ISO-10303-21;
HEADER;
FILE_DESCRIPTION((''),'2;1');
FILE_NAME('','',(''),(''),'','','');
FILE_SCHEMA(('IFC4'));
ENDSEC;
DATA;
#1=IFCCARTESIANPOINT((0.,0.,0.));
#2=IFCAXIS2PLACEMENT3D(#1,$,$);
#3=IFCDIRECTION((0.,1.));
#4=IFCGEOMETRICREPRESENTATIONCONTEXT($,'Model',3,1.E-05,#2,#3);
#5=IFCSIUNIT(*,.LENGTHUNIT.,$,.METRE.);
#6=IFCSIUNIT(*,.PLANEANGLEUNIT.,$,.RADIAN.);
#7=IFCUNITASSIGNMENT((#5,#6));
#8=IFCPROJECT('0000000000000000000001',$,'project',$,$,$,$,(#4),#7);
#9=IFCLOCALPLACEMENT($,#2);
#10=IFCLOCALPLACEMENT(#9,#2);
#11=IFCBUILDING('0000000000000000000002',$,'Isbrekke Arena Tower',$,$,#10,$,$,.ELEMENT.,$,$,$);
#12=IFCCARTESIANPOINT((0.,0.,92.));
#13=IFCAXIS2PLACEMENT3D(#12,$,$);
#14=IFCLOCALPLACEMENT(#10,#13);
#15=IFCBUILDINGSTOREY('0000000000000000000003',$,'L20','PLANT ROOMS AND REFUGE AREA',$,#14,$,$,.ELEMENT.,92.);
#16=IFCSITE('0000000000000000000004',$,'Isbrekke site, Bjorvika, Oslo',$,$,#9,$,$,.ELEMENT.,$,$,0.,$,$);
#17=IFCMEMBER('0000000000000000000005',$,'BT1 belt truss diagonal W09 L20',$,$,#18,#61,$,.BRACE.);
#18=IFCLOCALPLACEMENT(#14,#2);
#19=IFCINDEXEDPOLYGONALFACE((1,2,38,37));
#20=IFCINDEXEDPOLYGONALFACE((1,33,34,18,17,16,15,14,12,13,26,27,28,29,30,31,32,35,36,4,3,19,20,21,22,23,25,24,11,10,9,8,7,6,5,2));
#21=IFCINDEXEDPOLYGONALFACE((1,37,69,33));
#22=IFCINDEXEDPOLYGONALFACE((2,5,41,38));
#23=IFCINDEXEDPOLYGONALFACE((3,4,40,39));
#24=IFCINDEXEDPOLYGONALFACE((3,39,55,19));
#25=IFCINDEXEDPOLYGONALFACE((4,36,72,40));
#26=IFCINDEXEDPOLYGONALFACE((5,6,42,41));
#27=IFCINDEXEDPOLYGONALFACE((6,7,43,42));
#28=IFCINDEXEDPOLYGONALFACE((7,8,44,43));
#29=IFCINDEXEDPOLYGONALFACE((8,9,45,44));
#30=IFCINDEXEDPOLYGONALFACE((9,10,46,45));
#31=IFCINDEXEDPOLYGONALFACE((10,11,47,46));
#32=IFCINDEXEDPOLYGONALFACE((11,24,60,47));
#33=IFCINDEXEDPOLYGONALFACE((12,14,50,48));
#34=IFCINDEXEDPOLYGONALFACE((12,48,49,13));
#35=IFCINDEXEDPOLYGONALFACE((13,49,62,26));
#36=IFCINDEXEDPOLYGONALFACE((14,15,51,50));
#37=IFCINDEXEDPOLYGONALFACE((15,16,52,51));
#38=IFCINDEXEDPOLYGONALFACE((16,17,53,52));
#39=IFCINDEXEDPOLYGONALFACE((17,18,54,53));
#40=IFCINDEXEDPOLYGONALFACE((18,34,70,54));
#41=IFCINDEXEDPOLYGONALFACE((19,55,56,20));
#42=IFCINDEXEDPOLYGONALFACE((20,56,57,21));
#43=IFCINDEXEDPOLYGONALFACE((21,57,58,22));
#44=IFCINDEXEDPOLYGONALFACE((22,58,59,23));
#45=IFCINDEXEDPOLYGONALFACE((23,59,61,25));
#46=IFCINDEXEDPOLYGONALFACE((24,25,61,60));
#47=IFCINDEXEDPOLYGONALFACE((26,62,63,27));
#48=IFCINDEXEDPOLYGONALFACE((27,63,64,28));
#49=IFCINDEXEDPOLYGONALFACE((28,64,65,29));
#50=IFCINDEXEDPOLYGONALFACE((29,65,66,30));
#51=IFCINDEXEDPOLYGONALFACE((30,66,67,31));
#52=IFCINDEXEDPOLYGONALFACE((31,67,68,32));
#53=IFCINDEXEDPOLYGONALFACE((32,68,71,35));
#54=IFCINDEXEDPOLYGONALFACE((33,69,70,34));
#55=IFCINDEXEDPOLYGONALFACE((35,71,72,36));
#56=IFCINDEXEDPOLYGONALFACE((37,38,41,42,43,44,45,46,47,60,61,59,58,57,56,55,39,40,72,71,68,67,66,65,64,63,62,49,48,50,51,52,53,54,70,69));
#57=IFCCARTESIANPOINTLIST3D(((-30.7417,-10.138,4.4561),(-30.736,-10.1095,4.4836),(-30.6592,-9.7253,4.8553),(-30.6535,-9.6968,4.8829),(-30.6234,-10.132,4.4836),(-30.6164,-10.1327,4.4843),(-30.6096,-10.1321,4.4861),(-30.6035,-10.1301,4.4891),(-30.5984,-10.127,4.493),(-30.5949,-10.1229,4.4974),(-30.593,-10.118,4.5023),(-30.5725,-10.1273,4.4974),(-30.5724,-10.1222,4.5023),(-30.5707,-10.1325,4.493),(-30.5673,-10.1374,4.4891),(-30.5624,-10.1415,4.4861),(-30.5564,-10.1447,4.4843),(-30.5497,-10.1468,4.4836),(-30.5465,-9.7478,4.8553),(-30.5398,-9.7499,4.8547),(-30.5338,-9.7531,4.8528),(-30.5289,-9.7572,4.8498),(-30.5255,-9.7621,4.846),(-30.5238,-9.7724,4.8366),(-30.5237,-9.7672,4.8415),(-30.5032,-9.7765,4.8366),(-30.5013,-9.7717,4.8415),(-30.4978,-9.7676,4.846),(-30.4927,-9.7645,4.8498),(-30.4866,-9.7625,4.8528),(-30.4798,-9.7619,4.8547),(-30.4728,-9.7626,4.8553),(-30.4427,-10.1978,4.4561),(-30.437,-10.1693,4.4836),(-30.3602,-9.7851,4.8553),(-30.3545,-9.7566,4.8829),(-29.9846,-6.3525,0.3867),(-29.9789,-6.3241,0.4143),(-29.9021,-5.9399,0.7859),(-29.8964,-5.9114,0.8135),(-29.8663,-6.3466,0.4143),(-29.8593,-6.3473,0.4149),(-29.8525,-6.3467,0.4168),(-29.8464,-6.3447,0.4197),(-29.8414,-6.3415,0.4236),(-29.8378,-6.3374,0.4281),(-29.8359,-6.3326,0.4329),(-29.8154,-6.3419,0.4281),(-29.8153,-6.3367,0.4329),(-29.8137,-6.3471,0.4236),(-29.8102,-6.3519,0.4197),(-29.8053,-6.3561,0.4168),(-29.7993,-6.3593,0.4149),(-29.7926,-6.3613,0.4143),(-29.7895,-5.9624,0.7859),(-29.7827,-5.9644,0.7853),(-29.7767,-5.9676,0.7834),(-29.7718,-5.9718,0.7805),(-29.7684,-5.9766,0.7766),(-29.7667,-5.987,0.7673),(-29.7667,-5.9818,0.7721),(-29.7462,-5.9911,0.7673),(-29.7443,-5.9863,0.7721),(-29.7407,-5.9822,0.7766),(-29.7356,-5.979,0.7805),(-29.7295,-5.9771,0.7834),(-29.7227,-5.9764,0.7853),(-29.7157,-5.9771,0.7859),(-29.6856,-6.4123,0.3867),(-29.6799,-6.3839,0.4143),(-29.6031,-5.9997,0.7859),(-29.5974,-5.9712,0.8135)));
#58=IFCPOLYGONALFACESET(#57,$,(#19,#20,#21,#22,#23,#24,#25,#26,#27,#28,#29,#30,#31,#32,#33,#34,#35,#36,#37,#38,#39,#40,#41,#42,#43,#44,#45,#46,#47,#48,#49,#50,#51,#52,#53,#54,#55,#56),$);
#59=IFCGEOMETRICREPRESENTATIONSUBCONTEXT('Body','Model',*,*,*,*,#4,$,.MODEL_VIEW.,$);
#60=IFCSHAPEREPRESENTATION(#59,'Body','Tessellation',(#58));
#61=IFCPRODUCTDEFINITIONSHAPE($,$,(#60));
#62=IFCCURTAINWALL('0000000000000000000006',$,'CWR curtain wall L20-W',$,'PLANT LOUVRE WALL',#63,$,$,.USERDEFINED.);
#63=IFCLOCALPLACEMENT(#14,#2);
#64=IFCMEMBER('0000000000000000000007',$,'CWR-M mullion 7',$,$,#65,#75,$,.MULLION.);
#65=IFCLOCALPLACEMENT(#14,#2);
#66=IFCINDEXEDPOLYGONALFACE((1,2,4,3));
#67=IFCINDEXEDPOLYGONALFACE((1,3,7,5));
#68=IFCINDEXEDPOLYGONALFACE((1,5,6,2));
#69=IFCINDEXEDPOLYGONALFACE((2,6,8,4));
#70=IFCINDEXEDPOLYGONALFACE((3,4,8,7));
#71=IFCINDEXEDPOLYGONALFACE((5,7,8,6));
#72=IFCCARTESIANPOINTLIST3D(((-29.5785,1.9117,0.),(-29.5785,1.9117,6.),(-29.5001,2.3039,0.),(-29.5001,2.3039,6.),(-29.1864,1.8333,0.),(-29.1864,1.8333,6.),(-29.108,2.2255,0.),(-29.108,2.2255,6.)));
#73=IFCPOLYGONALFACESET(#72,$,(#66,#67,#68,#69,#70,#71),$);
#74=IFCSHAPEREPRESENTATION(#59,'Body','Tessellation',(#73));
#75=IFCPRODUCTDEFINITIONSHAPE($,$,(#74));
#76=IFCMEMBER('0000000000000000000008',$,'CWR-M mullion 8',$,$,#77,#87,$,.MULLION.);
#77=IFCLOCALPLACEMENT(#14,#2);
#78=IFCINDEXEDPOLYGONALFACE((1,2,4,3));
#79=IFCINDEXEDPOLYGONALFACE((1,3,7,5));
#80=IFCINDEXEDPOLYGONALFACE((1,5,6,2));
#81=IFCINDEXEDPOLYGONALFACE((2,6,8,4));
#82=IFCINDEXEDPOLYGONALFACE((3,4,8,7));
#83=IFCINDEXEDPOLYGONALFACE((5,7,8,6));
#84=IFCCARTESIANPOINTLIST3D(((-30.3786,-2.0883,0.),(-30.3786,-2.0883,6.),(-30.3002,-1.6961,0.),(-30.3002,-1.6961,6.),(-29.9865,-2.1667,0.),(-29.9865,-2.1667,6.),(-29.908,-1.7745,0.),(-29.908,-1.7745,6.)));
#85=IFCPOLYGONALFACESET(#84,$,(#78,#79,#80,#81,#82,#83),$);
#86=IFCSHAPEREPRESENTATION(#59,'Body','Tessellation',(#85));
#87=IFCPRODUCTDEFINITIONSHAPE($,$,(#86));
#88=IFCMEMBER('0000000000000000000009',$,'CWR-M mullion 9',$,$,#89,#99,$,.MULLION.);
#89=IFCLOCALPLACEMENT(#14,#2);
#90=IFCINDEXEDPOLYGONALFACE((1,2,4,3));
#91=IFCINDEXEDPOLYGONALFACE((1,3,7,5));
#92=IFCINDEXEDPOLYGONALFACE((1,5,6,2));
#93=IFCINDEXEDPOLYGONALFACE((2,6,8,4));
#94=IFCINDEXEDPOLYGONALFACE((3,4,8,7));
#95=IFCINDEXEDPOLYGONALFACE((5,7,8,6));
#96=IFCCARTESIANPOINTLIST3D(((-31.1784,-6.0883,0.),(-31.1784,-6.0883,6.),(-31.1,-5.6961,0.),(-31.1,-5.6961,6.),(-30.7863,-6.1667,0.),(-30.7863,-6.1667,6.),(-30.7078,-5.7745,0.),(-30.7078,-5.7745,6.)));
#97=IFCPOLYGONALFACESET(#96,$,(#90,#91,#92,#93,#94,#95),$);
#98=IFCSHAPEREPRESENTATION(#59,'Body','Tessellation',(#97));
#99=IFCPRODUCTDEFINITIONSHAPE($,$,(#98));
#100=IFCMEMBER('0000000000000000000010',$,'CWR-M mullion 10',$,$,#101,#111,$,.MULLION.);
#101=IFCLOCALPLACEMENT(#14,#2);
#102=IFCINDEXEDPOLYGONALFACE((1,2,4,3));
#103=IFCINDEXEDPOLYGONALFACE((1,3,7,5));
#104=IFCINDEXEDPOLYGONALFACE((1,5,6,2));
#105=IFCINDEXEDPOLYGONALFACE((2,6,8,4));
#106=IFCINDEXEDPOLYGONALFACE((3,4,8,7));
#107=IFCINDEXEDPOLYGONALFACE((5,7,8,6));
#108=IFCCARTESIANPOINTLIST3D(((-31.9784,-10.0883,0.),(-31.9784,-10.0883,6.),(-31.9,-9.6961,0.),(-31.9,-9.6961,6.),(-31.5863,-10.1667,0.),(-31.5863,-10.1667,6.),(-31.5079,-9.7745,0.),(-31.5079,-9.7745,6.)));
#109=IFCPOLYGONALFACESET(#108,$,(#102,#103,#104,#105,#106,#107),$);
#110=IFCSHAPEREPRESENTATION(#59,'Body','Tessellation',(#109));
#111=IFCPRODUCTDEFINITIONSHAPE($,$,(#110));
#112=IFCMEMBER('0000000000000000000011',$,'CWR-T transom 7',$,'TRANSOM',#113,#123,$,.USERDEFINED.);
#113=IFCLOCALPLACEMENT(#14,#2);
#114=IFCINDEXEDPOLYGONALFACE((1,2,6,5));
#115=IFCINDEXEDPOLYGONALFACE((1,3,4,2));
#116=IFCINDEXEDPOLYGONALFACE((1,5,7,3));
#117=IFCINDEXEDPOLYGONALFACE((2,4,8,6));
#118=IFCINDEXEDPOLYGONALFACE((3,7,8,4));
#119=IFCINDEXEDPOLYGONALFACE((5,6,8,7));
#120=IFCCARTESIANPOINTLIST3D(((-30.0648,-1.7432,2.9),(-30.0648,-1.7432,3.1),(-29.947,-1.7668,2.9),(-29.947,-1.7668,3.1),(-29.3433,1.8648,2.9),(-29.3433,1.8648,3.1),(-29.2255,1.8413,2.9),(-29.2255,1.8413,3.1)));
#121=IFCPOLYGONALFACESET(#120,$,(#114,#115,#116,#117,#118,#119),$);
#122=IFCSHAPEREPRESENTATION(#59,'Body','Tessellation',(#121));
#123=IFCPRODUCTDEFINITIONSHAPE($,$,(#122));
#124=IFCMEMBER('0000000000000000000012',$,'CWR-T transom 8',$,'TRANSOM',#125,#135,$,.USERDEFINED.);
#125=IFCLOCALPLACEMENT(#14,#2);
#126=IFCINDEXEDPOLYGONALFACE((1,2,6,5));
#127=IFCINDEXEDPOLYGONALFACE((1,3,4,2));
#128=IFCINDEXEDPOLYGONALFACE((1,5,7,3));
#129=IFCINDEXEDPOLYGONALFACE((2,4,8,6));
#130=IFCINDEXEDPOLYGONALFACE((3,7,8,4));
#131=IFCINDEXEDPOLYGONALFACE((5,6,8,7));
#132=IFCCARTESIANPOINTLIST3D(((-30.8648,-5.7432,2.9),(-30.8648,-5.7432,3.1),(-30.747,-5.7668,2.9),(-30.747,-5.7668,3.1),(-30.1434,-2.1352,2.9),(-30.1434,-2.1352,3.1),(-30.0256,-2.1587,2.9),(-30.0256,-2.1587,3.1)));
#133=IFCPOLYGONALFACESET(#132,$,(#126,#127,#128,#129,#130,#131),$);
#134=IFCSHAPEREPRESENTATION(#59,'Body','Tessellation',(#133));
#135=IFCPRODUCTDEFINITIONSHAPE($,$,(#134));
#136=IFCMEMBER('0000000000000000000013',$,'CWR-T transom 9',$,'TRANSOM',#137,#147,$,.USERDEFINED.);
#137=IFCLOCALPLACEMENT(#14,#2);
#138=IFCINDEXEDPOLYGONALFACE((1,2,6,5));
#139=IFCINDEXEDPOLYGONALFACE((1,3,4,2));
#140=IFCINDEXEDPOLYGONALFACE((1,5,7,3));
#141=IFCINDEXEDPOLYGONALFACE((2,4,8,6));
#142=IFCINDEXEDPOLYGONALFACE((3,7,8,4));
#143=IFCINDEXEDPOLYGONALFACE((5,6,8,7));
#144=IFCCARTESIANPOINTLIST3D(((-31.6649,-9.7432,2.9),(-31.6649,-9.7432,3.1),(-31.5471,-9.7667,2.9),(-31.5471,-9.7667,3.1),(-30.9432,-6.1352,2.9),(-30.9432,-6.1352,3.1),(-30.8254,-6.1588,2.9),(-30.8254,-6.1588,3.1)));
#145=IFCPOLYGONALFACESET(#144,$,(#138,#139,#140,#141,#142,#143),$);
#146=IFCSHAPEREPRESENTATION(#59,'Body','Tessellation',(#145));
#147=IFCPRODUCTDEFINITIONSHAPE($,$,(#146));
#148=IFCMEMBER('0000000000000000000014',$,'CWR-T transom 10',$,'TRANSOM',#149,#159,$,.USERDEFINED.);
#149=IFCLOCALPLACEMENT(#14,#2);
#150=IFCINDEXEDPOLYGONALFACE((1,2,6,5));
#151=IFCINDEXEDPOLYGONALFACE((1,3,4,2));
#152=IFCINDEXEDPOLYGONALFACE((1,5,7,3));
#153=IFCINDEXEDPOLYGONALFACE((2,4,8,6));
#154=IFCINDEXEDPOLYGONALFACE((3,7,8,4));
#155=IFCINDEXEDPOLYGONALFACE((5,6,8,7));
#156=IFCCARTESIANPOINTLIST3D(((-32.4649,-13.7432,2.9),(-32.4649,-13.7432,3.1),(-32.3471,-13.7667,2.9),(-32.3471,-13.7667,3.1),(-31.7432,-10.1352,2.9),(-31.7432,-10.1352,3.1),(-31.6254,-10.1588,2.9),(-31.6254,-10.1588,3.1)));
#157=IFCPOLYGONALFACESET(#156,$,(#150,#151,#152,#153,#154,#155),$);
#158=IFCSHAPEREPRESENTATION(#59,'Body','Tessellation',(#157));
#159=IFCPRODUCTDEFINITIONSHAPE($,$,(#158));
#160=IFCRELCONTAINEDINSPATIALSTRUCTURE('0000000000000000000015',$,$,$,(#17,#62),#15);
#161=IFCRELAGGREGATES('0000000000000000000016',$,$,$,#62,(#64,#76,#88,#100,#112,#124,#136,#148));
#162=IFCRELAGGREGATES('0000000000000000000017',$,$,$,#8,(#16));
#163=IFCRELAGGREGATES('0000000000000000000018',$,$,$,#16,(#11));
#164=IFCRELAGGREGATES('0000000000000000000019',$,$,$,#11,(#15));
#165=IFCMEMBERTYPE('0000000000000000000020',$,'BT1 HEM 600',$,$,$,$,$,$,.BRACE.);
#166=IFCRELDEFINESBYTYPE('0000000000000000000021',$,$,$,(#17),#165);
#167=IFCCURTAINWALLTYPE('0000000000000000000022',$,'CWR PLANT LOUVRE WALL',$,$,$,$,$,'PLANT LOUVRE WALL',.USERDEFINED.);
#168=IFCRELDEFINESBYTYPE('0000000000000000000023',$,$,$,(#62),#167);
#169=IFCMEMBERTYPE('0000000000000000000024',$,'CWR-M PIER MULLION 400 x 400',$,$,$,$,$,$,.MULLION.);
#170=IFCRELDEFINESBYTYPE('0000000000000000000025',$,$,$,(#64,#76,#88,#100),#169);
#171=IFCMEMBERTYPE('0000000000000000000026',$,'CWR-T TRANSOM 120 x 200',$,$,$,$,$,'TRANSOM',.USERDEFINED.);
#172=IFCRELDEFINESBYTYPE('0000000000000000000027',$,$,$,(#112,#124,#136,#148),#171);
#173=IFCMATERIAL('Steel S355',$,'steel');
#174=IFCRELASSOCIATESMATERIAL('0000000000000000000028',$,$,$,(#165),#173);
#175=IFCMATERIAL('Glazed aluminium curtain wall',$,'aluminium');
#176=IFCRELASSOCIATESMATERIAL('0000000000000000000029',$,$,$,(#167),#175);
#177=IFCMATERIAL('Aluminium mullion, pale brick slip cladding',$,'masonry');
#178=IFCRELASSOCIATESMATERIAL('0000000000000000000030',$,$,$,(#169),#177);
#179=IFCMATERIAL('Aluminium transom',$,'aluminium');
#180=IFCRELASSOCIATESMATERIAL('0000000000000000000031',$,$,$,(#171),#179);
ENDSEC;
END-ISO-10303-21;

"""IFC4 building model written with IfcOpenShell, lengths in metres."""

from ifc_helpers import new_model, si_unit, direction, frame, origin, origin_2d, place, context, subcontext, project, spatial, rectangle, i_section, extrude, material, material_profile, profile_set, type_object, element, aggregate, save


model = new_model("IFC4")

# Units and contexts
model_context = context("Model", 3, precision=1e-05, world=origin(), true_north=direction((0.0, 1.0)))
body_context = subcontext(model_context, "Body", "Model", "MODEL_VIEW")
ifc_project = project(units=[si_unit("LENGTHUNIT", "METRE"), si_unit("PLANEANGLEUNIT", "RADIAN")], contexts=[model_context])

# Site, building, storey
site_placement = place(None, origin())
site = spatial("IfcSite", under=ifc_project, at=site_placement, Name="Isbrekke site, Bjorvika, Oslo", CompositionType="ELEMENT", RefElevation=0.0)
building_placement = place(site_placement, origin())
building = spatial("IfcBuilding", under=site, at=building_placement, Name="Isbrekke Arena Tower", CompositionType="ELEMENT")
storey_placement = place(building_placement, frame((0.0, 0.0, 92.0)))
storey = spatial("IfcBuildingStorey", under=building, at=storey_placement, Name="L20", Description="PLANT ROOMS AND REFUGE AREA", CompositionType="ELEMENT", Elevation=92.0)

# Member
ifc_material_1 = material(Name="Steel S355", Category="steel")
ifc_material_profile_1 = material_profile(ifc_material_1, i_section(OverallWidth=0.3049, OverallDepth=0.6201, WebThickness=0.021, FlangeThickness=0.04, FilletRadius=0.0271, at=origin_2d()), Name="HEM 600")
ifc_profile_set_1 = profile_set([ifc_material_profile_1], Name="Steel S355")
member_type_1 = type_object("IfcMemberType", Name="BT1 HEM 600", PredefinedType="BRACE", material=ifc_profile_set_1)
for number, where, z_axis, x_axis, name in (
    (1, (-29.791, -6.1619, 0.6001), (-0.134974, -0.674869, 0.725489), (0.980581, -0.196116, 0.0), "BT1 belt truss diagonal W09 L20"),
):
    element("IfcMember", number, at=place(storey_placement, frame(where, z_axis=z_axis, x_axis=x_axis)), inside=storey, type_object=member_type_1, Name=name, PredefinedType="BRACE", context=body_context, shape_type="SweptSolid", body=[
        extrude(i_section(OverallWidth=0.3049, OverallDepth=0.6201, WebThickness=0.021, FlangeThickness=0.04, FilletRadius=0.0271, at=origin_2d()), origin(), (0.0, 0.0, 1.0), 5.6091),
    ])

# Curtain wall, members
ifc_material_2 = material(Name="Glazed aluminium curtain wall", Category="aluminium")
curtain_wall_type = type_object("IfcCurtainWallType", Name="CWR PLANT LOUVRE WALL", ElementType="PLANT LOUVRE WALL", PredefinedType="USERDEFINED", material=ifc_material_2)
curtain_wall_placement = place(storey_placement, origin())
curtain_wall = element("IfcCurtainWall", 2, at=curtain_wall_placement, inside=storey, type_object=curtain_wall_type, Name="CWR curtain wall L20-W", ObjectType="PLANT LOUVRE WALL", PredefinedType="USERDEFINED")
ifc_material_3 = material(Name="Aluminium mullion, pale brick slip cladding", Category="masonry")
ifc_material_profile_2 = material_profile(ifc_material_3, rectangle(XDim=0.3999, YDim=0.3999, at=origin_2d()), Name="PIER 400X400")
ifc_profile_set_2 = profile_set([ifc_material_profile_2], Name="Aluminium mullion, pale brick slip cladding")
member_type_2 = type_object("IfcMemberType", Name="CWR-M PIER MULLION 400 x 400", PredefinedType="MULLION", material=ifc_profile_set_2)
member_1_placement = place(storey_placement, frame((-29.3433, 2.0686, 0.0), z_axis=(0.0, 0.0, 1.0), x_axis=(-0.196116, -0.980581, 0.0)))
member_1 = element("IfcMember", 3, at=member_1_placement, type_object=member_type_2, Name="CWR-M mullion 7", PredefinedType="MULLION", context=body_context, shape_type="SweptSolid", body=[
    extrude(rectangle(XDim=0.3999, YDim=0.3999, at=origin_2d()), origin(), (0.0, 0.0, 1.0), 6.0),
])
member_2_placement = place(storey_placement, frame((-30.1433, -1.9314, 0.0), z_axis=(0.0, 0.0, 1.0), x_axis=(-0.196116, -0.980581, 0.0)))
member_2 = element("IfcMember", 4, at=member_2_placement, type_object=member_type_2, Name="CWR-M mullion 8", PredefinedType="MULLION", context=body_context, shape_type="SweptSolid", body=[
    extrude(rectangle(XDim=0.3999, YDim=0.3999, at=origin_2d()), origin(), (0.0, 0.0, 1.0), 6.0),
])
member_3_placement = place(storey_placement, frame((-30.9431, -5.9314, 0.0), z_axis=(0.0, 0.0, 1.0), x_axis=(-0.196116, -0.980581, 0.0)))
member_3 = element("IfcMember", 5, at=member_3_placement, type_object=member_type_2, Name="CWR-M mullion 9", PredefinedType="MULLION", context=body_context, shape_type="SweptSolid", body=[
    extrude(rectangle(XDim=0.3999, YDim=0.3999, at=origin_2d()), origin(), (0.0, 0.0, 1.0), 6.0),
])
member_4_placement = place(storey_placement, frame((-31.7432, -9.9314, 0.0), z_axis=(0.0, 0.0, 1.0), x_axis=(-0.196116, -0.980581, 0.0)))
member_4 = element("IfcMember", 6, at=member_4_placement, type_object=member_type_2, Name="CWR-M mullion 10", PredefinedType="MULLION", context=body_context, shape_type="SweptSolid", body=[
    extrude(rectangle(XDim=0.3999, YDim=0.3999, at=origin_2d()), origin(), (0.0, 0.0, 1.0), 6.0),
])
ifc_material_4 = material(Name="Aluminium transom", Category="aluminium")
ifc_material_profile_3 = material_profile(ifc_material_4, rectangle(XDim=0.1201, YDim=0.2, at=origin_2d()), Name="TRANSOM 120X200")
ifc_profile_set_3 = profile_set([ifc_material_profile_3], Name="Aluminium transom")
member_type_3 = type_object("IfcMemberType", Name="CWR-T TRANSOM 120 x 200", ElementType="TRANSOM", PredefinedType="USERDEFINED", material=ifc_profile_set_3)
member_5_placement = place(storey_placement, frame((-29.2844, 1.853, 3.0), z_axis=(-0.196078, -0.980588, 0.0), x_axis=(0.980588, -0.196078, 0.0)))
member_5 = element("IfcMember", 7, at=member_5_placement, type_object=member_type_3, Name="CWR-T transom 7", ObjectType="TRANSOM", PredefinedType="USERDEFINED", context=body_context, shape_type="SweptSolid", body=[
    extrude(rectangle(XDim=0.1201, YDim=0.2, at=origin_2d()), origin(), (0.0, 0.0, 1.0), 3.6794),
])
member_6_placement = place(storey_placement, frame((-30.0845, -2.147, 3.0), z_axis=(-0.196078, -0.980588, 0.0), x_axis=(0.980588, -0.196078, 0.0)))
member_6 = element("IfcMember", 8, at=member_6_placement, type_object=member_type_3, Name="CWR-T transom 8", ObjectType="TRANSOM", PredefinedType="USERDEFINED", context=body_context, shape_type="SweptSolid", body=[
    extrude(rectangle(XDim=0.1201, YDim=0.2, at=origin_2d()), origin(), (0.0, 0.0, 1.0), 3.6794),
])
member_7_placement = place(storey_placement, frame((-30.8843, -6.147, 3.0), z_axis=(-0.196142, -0.980576, 0.0), x_axis=(0.980576, -0.196142, 0.0)))
member_7 = element("IfcMember", 9, at=member_7_placement, type_object=member_type_3, Name="CWR-T transom 9", ObjectType="TRANSOM", PredefinedType="USERDEFINED", context=body_context, shape_type="SweptSolid", body=[
    extrude(rectangle(XDim=0.1201, YDim=0.2, at=origin_2d()), origin(), (0.0, 0.0, 1.0), 3.6794),
])
member_8_placement = place(storey_placement, frame((-31.6843, -10.147, 3.0), z_axis=(-0.196142, -0.980576, 0.0), x_axis=(0.980576, -0.196142, 0.0)))
member_8 = element("IfcMember", 10, at=member_8_placement, type_object=member_type_3, Name="CWR-T transom 10", ObjectType="TRANSOM", PredefinedType="USERDEFINED", context=body_context, shape_type="SweptSolid", body=[
    extrude(rectangle(XDim=0.1201, YDim=0.2, at=origin_2d()), origin(), (0.0, 0.0, 1.0), 3.6794),
])

aggregate(curtain_wall, [member_1, member_2, member_3, member_4, member_5, member_6, member_7, member_8])

save(model, "model.ifc")
